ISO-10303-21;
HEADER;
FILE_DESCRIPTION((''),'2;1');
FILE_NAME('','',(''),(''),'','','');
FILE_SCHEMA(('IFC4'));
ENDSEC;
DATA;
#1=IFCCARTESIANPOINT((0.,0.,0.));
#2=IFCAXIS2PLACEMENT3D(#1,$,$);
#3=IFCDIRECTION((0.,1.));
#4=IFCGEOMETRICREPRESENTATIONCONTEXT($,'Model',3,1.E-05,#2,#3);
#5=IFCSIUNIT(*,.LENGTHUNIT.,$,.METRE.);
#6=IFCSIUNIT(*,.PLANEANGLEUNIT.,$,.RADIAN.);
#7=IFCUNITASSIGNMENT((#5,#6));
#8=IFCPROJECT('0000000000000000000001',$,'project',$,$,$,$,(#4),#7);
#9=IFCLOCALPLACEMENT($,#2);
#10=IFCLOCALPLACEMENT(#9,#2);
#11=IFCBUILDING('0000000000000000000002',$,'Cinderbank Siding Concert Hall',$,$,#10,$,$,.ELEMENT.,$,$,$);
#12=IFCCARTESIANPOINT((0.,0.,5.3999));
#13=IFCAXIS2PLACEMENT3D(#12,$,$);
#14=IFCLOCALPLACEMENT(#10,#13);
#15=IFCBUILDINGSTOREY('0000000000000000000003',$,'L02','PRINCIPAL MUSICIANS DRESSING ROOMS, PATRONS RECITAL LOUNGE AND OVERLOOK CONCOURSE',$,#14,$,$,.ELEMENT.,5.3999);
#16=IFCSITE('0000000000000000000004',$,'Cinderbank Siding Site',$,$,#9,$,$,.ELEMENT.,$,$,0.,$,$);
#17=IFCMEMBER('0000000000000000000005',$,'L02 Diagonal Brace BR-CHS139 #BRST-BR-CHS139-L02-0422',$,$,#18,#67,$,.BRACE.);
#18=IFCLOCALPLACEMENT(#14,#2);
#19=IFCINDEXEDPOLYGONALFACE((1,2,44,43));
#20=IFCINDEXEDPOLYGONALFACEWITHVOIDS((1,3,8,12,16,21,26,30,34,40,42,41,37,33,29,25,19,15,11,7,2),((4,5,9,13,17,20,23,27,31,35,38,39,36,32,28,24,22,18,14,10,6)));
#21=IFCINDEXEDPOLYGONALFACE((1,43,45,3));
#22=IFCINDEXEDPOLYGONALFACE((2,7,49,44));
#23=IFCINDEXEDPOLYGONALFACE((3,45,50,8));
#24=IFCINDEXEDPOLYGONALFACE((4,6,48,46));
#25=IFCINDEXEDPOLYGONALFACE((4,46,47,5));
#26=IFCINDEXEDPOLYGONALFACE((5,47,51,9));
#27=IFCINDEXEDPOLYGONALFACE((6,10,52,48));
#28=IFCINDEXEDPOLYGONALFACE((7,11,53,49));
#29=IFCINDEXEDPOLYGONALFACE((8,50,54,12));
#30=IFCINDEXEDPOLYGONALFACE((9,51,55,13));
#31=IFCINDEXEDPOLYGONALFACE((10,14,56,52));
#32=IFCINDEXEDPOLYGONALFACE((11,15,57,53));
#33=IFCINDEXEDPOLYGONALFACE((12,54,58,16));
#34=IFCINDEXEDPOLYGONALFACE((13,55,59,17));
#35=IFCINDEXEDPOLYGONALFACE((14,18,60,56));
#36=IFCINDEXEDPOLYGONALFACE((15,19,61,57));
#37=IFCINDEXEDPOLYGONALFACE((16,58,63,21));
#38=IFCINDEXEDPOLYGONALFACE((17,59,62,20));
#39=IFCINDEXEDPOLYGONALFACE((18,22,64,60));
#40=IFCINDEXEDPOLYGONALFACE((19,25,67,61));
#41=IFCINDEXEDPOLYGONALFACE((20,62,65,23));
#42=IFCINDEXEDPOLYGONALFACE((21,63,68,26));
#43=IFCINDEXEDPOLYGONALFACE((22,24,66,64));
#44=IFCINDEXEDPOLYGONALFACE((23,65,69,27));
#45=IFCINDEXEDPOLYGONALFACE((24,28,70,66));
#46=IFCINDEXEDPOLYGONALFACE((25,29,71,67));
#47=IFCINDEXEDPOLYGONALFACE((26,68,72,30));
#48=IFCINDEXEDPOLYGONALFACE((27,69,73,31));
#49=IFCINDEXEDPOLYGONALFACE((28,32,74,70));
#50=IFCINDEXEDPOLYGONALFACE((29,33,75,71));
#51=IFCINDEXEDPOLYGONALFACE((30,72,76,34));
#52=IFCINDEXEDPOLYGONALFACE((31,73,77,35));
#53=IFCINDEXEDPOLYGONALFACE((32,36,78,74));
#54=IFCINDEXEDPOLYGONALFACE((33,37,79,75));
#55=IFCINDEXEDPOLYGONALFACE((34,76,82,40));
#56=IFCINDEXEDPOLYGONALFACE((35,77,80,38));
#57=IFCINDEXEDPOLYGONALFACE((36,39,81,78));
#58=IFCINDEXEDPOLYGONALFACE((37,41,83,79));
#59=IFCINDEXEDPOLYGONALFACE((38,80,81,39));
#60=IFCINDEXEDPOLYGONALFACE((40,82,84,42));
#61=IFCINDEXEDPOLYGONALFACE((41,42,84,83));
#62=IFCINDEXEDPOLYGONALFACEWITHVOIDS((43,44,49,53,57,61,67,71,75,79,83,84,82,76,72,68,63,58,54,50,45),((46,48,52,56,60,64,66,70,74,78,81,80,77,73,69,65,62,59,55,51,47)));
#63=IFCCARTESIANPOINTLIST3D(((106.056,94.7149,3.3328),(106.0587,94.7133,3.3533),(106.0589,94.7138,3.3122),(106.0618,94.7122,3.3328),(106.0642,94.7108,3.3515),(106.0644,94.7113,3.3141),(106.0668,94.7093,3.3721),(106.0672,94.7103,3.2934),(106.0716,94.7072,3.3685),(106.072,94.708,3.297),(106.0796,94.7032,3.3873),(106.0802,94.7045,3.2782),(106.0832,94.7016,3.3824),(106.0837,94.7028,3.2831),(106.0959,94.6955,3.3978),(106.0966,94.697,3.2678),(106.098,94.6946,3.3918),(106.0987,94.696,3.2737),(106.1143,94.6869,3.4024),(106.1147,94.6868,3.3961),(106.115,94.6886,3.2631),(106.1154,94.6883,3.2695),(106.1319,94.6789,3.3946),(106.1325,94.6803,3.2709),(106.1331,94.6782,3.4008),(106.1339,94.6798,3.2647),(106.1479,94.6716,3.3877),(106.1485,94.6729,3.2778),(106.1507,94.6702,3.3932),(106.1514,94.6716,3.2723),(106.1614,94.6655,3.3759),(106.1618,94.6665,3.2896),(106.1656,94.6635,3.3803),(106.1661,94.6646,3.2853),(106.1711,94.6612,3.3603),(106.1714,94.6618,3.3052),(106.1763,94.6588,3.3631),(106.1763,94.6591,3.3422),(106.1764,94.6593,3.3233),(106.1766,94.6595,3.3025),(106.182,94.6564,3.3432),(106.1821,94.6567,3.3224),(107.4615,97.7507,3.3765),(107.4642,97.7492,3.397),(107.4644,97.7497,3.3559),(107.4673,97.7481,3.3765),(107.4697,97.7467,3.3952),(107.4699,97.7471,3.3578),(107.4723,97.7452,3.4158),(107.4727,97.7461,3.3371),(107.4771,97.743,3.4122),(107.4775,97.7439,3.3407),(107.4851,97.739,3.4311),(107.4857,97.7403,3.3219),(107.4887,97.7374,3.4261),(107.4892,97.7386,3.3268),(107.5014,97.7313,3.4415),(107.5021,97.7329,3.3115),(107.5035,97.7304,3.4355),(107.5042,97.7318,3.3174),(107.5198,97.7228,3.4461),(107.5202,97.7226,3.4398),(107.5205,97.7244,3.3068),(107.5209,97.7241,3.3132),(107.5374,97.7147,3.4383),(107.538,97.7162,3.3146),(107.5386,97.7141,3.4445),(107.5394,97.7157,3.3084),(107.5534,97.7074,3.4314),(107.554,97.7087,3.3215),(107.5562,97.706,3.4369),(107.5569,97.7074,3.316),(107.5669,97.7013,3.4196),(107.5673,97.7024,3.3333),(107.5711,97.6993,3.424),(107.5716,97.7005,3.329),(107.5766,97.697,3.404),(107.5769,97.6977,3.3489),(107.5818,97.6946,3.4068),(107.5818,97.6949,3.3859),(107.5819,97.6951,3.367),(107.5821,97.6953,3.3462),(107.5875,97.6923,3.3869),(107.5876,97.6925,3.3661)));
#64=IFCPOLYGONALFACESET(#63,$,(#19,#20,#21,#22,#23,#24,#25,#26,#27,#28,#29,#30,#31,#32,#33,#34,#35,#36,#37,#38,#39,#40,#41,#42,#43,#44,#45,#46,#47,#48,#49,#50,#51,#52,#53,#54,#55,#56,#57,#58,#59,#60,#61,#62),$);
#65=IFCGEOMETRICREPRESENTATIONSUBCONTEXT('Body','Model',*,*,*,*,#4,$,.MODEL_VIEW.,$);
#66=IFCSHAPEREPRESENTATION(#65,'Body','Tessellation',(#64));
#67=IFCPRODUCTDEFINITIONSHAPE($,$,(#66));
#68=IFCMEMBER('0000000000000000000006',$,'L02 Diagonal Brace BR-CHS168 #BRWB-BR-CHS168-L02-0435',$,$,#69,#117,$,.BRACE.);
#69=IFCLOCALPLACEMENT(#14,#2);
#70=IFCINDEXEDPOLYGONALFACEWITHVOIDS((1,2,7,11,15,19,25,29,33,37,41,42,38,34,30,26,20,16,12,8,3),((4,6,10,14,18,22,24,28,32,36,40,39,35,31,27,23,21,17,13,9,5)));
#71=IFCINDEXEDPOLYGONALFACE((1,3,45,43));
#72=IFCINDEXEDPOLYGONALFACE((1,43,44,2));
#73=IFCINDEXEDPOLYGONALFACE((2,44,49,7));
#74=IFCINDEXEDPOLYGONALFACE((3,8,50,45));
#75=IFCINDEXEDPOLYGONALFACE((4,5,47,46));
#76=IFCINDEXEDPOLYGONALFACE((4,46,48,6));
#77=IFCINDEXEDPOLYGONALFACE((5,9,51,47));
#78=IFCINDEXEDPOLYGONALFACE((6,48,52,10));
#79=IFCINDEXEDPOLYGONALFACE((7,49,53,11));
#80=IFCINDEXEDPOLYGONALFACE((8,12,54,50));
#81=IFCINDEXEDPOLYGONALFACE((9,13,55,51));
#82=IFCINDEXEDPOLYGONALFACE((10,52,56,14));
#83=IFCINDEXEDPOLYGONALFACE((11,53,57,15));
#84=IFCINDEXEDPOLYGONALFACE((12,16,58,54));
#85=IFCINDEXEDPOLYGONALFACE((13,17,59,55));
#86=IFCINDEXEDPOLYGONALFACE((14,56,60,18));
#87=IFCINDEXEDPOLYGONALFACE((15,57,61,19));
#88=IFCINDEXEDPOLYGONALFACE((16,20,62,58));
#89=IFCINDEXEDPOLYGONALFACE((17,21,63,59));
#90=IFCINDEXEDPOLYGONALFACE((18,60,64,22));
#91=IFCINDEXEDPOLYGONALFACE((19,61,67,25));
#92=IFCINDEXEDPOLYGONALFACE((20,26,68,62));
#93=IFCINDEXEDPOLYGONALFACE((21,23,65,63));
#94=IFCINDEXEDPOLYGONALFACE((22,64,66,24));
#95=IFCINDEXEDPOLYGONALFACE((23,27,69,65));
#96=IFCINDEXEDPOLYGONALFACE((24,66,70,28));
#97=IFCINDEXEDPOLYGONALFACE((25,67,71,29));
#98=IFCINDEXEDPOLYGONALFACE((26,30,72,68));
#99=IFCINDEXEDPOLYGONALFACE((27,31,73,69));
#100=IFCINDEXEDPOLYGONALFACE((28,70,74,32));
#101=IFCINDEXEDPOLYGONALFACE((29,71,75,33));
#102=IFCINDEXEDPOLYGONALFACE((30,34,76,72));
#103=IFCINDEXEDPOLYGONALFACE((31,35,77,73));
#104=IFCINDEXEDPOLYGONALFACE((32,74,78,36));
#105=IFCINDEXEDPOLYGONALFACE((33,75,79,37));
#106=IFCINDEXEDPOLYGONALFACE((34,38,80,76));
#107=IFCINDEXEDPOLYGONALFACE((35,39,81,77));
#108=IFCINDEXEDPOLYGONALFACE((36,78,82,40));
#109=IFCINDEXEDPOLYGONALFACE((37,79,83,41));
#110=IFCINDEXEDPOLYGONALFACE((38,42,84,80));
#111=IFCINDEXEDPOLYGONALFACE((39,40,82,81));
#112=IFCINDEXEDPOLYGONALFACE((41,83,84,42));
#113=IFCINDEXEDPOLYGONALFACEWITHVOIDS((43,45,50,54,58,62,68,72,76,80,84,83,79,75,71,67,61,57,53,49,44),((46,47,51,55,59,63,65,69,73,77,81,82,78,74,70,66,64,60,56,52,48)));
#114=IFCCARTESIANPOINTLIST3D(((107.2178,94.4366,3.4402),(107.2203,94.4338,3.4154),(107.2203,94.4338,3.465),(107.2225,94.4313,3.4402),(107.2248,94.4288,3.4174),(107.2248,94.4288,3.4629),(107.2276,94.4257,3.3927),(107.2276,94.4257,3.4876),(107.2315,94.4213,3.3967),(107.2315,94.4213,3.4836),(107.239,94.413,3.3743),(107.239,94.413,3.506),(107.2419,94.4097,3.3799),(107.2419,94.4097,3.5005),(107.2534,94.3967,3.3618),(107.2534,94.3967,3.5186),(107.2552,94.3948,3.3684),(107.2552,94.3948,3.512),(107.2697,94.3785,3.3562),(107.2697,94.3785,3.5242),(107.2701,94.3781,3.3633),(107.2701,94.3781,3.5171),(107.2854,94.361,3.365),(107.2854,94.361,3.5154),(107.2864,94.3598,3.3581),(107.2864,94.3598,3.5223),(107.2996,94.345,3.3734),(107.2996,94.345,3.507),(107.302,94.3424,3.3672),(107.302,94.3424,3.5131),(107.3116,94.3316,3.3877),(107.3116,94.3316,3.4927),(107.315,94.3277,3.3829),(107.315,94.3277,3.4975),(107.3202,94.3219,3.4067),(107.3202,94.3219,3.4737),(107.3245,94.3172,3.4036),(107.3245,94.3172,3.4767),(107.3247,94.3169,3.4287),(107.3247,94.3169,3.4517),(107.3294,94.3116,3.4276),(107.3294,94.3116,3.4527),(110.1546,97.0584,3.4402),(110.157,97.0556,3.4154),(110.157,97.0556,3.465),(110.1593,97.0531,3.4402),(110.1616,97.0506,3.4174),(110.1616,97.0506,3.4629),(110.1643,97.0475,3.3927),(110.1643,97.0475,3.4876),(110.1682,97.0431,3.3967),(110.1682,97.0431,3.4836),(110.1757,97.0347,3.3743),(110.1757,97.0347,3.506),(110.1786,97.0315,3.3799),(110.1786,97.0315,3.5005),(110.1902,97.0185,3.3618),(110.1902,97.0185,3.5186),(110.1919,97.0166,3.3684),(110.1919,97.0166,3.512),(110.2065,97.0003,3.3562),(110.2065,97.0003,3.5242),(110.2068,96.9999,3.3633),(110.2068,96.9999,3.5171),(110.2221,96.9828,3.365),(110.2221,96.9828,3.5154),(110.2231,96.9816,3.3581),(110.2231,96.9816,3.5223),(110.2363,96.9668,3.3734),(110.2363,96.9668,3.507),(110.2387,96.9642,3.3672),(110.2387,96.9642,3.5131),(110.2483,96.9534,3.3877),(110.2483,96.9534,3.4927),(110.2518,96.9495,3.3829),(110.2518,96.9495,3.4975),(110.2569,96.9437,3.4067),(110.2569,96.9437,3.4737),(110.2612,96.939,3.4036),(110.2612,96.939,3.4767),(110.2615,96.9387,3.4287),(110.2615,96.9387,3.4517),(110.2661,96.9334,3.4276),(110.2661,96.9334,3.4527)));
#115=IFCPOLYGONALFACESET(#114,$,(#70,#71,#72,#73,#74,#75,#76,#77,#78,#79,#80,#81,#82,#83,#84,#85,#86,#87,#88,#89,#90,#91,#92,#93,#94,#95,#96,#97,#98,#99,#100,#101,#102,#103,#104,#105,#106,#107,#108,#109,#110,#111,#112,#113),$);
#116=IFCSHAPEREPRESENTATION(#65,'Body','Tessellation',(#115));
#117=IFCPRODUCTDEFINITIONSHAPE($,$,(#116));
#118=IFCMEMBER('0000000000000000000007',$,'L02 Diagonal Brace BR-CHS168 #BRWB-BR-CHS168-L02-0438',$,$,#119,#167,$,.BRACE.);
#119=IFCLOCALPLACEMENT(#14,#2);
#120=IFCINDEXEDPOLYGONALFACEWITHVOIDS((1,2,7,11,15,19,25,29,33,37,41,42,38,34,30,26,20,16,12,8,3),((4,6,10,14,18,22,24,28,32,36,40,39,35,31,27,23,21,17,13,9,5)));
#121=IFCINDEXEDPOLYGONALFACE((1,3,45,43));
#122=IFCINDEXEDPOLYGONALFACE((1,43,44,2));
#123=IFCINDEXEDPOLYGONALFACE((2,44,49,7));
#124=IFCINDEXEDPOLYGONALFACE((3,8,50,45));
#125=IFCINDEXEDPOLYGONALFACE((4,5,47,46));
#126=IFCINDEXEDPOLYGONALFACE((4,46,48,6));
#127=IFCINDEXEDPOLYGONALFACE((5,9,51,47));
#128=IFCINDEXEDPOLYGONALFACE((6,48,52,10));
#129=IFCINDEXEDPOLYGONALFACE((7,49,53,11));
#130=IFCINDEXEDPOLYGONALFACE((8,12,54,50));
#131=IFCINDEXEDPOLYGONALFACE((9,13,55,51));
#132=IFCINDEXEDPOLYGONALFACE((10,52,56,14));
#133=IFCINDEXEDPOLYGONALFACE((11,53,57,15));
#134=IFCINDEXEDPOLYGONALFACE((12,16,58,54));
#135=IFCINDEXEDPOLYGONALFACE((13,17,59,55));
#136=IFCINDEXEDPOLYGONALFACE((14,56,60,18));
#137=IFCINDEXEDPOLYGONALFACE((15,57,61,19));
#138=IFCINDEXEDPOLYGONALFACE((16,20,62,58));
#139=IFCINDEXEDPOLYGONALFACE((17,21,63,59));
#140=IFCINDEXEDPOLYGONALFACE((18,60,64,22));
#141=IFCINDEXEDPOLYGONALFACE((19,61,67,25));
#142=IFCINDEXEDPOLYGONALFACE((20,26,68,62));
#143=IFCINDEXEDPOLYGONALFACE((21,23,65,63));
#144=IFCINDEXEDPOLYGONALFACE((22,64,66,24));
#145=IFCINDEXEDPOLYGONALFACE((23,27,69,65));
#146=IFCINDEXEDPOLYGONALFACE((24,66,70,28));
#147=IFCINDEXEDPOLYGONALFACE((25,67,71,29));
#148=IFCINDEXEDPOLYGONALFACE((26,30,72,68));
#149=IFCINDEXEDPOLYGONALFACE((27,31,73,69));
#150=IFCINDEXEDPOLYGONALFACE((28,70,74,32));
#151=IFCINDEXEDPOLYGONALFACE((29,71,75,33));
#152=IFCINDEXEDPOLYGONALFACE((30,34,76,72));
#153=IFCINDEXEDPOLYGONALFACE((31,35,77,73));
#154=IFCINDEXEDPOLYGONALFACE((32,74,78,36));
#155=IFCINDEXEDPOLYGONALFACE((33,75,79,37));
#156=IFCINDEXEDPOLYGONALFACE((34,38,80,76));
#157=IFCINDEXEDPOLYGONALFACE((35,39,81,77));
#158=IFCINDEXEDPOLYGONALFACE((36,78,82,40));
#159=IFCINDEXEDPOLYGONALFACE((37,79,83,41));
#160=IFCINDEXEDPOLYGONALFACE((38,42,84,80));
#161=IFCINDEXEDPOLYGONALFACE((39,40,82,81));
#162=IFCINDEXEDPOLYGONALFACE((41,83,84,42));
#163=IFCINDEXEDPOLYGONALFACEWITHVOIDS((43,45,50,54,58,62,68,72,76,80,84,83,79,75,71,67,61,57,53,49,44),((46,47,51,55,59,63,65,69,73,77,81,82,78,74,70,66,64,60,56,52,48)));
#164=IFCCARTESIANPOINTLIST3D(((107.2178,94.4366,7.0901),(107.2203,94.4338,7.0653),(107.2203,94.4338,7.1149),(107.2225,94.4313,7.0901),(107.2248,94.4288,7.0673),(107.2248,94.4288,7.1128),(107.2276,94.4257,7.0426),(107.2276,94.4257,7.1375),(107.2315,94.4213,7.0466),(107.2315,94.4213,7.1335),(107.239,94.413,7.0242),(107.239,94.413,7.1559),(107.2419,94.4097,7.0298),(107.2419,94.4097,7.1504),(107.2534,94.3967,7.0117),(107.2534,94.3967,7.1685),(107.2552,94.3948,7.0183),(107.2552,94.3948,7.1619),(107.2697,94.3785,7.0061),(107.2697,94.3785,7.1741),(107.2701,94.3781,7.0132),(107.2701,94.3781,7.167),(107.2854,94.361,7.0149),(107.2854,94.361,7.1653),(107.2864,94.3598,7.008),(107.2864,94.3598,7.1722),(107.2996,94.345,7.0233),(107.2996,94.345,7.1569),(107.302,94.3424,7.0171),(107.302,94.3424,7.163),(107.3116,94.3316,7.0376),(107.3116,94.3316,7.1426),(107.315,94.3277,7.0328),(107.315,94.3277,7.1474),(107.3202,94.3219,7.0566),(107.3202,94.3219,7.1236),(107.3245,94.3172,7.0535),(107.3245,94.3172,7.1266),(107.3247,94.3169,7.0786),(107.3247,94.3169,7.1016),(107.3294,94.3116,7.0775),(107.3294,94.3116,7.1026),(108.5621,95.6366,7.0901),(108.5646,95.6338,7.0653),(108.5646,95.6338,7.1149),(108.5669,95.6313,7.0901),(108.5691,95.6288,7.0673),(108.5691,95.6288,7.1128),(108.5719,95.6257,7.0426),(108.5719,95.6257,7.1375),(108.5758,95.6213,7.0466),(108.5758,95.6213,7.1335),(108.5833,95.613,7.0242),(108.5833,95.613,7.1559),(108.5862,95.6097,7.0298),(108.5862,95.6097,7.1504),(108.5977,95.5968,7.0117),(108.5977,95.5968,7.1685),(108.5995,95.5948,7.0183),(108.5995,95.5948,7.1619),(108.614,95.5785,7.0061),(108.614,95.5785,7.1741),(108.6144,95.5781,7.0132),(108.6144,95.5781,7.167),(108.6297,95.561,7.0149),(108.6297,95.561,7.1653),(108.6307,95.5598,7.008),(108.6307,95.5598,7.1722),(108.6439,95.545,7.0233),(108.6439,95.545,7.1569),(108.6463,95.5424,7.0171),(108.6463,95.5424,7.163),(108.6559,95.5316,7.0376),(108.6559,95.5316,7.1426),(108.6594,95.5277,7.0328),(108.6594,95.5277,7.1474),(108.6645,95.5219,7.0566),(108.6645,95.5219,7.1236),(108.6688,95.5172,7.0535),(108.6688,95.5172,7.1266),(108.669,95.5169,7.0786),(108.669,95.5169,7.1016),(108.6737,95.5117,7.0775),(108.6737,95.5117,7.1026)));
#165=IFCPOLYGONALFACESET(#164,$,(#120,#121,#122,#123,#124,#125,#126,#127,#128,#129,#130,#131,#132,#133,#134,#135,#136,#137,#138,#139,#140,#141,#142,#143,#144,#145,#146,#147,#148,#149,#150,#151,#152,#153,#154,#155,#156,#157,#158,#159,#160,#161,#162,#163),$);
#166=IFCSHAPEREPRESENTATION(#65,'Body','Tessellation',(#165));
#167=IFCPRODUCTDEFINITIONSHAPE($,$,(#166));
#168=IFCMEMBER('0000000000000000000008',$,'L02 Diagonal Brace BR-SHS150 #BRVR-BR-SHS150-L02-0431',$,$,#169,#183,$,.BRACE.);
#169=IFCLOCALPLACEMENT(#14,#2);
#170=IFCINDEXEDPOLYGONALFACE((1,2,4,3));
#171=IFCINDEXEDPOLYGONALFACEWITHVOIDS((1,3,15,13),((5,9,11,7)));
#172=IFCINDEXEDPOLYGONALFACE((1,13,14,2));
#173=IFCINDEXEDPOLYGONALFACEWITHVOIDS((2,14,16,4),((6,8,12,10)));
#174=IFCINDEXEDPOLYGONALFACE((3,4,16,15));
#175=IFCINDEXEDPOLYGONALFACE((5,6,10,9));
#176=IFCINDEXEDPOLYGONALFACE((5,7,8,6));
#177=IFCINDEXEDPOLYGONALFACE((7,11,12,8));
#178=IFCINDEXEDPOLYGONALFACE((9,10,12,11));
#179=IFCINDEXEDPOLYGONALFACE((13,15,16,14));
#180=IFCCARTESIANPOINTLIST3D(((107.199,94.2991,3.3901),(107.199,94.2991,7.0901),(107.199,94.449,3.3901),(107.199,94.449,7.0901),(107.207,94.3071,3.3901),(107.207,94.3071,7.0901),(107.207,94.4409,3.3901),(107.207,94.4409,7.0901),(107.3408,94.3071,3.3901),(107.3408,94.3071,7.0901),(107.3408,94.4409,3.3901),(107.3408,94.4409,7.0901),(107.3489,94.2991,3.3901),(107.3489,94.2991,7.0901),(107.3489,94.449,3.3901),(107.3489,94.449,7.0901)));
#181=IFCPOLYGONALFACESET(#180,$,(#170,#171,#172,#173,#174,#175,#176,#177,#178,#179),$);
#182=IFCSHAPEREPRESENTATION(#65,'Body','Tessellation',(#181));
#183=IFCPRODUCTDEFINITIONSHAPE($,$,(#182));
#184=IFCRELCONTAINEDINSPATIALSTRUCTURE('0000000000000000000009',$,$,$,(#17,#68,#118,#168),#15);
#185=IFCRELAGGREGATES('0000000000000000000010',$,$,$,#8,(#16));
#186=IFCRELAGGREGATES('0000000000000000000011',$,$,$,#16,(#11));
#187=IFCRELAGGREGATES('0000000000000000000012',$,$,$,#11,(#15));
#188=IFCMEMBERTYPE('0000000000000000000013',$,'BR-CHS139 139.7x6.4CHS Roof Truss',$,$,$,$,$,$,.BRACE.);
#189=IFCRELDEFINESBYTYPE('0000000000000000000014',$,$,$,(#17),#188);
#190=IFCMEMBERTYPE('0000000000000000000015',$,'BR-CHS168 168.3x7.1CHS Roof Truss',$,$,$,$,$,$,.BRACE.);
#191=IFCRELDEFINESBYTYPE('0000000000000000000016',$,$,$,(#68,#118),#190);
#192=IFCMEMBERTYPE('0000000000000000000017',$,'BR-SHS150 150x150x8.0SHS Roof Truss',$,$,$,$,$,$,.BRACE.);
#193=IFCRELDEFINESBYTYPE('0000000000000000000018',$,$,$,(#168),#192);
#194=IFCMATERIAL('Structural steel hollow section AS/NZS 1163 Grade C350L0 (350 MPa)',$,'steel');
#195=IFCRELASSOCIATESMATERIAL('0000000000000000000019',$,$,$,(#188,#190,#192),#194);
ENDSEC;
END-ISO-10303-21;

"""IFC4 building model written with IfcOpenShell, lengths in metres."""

from ifc_helpers import new_model, si_unit, direction, frame, origin, origin_2d, place, context, subcontext, project, spatial, hollow_rectangle, hollow_circle, extrude, material, material_profile, profile_set, type_object, element, save


model = new_model("IFC4")

# Units and contexts
model_context = context("Model", 3, precision=1e-05, world=origin(), true_north=direction((0.0, 1.0)))
body_context = subcontext(model_context, "Body", "Model", "MODEL_VIEW")
ifc_project = project(units=[si_unit("LENGTHUNIT", "METRE"), si_unit("PLANEANGLEUNIT", "RADIAN")], contexts=[model_context])

# Site, building, storey
site_placement = place(None, origin())
site = spatial("IfcSite", under=ifc_project, at=site_placement, Name="Cinderbank Siding Site", CompositionType="ELEMENT", RefElevation=0.0)
building_placement = place(site_placement, origin())
building = spatial("IfcBuilding", under=site, at=building_placement, Name="Cinderbank Siding Concert Hall", CompositionType="ELEMENT")
storey_placement = place(building_placement, frame((0.0, 0.0, 5.3999)))
storey = spatial("IfcBuildingStorey", under=building, at=storey_placement, Name="L02", Description="PRINCIPAL MUSICIANS DRESSING ROOMS, PATRONS RECITAL LOUNGE AND OVERLOOK CONCOURSE", CompositionType="ELEMENT", Elevation=5.3999)

# Shared definitions
ifc_material_1 = material(Name="Structural steel hollow section AS/NZS 1163 Grade C350L0 (350 MPa)", Category="steel")

# Members
ifc_material_profile_1 = material_profile(ifc_material_1, hollow_circle(Radius=0.0698, WallThickness=0.0063, at=origin_2d()), Name="139.7x6.4CHS", Category="LoadBearing")
ifc_profile_set_1 = profile_set([ifc_material_profile_1], Name="Structural steel hollow section AS/NZS 1163 Grade C350L0 (350 MPa)")
member_type_1 = type_object("IfcMemberType", Name="BR-CHS139 139.7x6.4CHS Roof Truss", PredefinedType="BRACE", material=ifc_profile_set_1)
member_1_placement = place(storey_placement, frame((106.1194, 94.6855, 3.3328), z_axis=(0.420091, 0.907388, 0.013062), x_axis=(-0.907465, 0.420127, 0.0)))
element("IfcMember", 1, at=member_1_placement, inside=storey, type_object=member_type_1, Name="L02 Diagonal Brace BR-CHS139 #BRST-BR-CHS139-L02-0422", PredefinedType="BRACE", context=body_context, shape_type="SweptSolid", body=[
    extrude(hollow_circle(Radius=0.0698, WallThickness=0.0063, at=origin_2d()), origin(), (0.0, 0.0, 1.0), 3.3457),
])
ifc_material_profile_2 = material_profile(ifc_material_1, hollow_circle(Radius=0.0842, WallThickness=0.0071, at=origin_2d()), Name="168.3x7.1CHS", Category="LoadBearing")
ifc_profile_set_2 = profile_set([ifc_material_profile_2], Name="Structural steel hollow section AS/NZS 1163 Grade C350L0 (350 MPa)")
member_type_2 = type_object("IfcMemberType", Name="BR-CHS168 168.3x7.1CHS Roof Truss", PredefinedType="BRACE", material=ifc_profile_set_2)
member_2_placement = place(storey_placement, frame((107.2739, 94.3738, 3.4402), z_axis=(0.745974, 0.665975, 0.0), x_axis=(-0.665975, 0.745974, 0.0)))
element("IfcMember", 2, at=member_2_placement, inside=storey, type_object=member_type_2, Name="L02 Diagonal Brace BR-CHS168 #BRWB-BR-CHS168-L02-0435", PredefinedType="BRACE", context=body_context, shape_type="SweptSolid", body=[
    extrude(hollow_circle(Radius=0.0842, WallThickness=0.0071, at=origin_2d()), origin(), (0.0, 0.0, 1.0), 3.9368),
])
member_3_placement = place(storey_placement, frame((107.2739, 94.3738, 7.0901), z_axis=(0.74601, 0.665935, 0.0), x_axis=(-0.665935, 0.74601, 0.0)))
element("IfcMember", 3, at=member_3_placement, inside=storey, type_object=member_type_2, Name="L02 Diagonal Brace BR-CHS168 #BRWB-BR-CHS168-L02-0438", PredefinedType="BRACE", context=body_context, shape_type="SweptSolid", body=[
    extrude(hollow_circle(Radius=0.0842, WallThickness=0.0071, at=origin_2d()), origin(), (0.0, 0.0, 1.0), 1.802),
])
ifc_material_profile_3 = material_profile(ifc_material_1, hollow_rectangle(XDim=0.1499, YDim=0.1499, WallThickness=0.0081, at=origin_2d()), Name="150x150x8.0SHS", Category="LoadBearing")
ifc_profile_set_3 = profile_set([ifc_material_profile_3], Name="Structural steel hollow section AS/NZS 1163 Grade C350L0 (350 MPa)")
member_type_3 = type_object("IfcMemberType", Name="BR-SHS150 150x150x8.0SHS Roof Truss", PredefinedType="BRACE", material=ifc_profile_set_3)
member_4_placement = place(storey_placement, frame((107.2739, 94.374, 3.3901), z_axis=(0.0, 0.0, 1.0), x_axis=(1.0, 0.0, 0.0)))
element("IfcMember", 4, at=member_4_placement, inside=storey, type_object=member_type_3, Name="L02 Diagonal Brace BR-SHS150 #BRVR-BR-SHS150-L02-0431", PredefinedType="BRACE", context=body_context, shape_type="SweptSolid", body=[
    extrude(hollow_rectangle(XDim=0.1499, YDim=0.1499, WallThickness=0.0081, at=origin_2d()), origin(), (0.0, 0.0, 1.0), 3.7),
])

save(model, "model.ifc")
